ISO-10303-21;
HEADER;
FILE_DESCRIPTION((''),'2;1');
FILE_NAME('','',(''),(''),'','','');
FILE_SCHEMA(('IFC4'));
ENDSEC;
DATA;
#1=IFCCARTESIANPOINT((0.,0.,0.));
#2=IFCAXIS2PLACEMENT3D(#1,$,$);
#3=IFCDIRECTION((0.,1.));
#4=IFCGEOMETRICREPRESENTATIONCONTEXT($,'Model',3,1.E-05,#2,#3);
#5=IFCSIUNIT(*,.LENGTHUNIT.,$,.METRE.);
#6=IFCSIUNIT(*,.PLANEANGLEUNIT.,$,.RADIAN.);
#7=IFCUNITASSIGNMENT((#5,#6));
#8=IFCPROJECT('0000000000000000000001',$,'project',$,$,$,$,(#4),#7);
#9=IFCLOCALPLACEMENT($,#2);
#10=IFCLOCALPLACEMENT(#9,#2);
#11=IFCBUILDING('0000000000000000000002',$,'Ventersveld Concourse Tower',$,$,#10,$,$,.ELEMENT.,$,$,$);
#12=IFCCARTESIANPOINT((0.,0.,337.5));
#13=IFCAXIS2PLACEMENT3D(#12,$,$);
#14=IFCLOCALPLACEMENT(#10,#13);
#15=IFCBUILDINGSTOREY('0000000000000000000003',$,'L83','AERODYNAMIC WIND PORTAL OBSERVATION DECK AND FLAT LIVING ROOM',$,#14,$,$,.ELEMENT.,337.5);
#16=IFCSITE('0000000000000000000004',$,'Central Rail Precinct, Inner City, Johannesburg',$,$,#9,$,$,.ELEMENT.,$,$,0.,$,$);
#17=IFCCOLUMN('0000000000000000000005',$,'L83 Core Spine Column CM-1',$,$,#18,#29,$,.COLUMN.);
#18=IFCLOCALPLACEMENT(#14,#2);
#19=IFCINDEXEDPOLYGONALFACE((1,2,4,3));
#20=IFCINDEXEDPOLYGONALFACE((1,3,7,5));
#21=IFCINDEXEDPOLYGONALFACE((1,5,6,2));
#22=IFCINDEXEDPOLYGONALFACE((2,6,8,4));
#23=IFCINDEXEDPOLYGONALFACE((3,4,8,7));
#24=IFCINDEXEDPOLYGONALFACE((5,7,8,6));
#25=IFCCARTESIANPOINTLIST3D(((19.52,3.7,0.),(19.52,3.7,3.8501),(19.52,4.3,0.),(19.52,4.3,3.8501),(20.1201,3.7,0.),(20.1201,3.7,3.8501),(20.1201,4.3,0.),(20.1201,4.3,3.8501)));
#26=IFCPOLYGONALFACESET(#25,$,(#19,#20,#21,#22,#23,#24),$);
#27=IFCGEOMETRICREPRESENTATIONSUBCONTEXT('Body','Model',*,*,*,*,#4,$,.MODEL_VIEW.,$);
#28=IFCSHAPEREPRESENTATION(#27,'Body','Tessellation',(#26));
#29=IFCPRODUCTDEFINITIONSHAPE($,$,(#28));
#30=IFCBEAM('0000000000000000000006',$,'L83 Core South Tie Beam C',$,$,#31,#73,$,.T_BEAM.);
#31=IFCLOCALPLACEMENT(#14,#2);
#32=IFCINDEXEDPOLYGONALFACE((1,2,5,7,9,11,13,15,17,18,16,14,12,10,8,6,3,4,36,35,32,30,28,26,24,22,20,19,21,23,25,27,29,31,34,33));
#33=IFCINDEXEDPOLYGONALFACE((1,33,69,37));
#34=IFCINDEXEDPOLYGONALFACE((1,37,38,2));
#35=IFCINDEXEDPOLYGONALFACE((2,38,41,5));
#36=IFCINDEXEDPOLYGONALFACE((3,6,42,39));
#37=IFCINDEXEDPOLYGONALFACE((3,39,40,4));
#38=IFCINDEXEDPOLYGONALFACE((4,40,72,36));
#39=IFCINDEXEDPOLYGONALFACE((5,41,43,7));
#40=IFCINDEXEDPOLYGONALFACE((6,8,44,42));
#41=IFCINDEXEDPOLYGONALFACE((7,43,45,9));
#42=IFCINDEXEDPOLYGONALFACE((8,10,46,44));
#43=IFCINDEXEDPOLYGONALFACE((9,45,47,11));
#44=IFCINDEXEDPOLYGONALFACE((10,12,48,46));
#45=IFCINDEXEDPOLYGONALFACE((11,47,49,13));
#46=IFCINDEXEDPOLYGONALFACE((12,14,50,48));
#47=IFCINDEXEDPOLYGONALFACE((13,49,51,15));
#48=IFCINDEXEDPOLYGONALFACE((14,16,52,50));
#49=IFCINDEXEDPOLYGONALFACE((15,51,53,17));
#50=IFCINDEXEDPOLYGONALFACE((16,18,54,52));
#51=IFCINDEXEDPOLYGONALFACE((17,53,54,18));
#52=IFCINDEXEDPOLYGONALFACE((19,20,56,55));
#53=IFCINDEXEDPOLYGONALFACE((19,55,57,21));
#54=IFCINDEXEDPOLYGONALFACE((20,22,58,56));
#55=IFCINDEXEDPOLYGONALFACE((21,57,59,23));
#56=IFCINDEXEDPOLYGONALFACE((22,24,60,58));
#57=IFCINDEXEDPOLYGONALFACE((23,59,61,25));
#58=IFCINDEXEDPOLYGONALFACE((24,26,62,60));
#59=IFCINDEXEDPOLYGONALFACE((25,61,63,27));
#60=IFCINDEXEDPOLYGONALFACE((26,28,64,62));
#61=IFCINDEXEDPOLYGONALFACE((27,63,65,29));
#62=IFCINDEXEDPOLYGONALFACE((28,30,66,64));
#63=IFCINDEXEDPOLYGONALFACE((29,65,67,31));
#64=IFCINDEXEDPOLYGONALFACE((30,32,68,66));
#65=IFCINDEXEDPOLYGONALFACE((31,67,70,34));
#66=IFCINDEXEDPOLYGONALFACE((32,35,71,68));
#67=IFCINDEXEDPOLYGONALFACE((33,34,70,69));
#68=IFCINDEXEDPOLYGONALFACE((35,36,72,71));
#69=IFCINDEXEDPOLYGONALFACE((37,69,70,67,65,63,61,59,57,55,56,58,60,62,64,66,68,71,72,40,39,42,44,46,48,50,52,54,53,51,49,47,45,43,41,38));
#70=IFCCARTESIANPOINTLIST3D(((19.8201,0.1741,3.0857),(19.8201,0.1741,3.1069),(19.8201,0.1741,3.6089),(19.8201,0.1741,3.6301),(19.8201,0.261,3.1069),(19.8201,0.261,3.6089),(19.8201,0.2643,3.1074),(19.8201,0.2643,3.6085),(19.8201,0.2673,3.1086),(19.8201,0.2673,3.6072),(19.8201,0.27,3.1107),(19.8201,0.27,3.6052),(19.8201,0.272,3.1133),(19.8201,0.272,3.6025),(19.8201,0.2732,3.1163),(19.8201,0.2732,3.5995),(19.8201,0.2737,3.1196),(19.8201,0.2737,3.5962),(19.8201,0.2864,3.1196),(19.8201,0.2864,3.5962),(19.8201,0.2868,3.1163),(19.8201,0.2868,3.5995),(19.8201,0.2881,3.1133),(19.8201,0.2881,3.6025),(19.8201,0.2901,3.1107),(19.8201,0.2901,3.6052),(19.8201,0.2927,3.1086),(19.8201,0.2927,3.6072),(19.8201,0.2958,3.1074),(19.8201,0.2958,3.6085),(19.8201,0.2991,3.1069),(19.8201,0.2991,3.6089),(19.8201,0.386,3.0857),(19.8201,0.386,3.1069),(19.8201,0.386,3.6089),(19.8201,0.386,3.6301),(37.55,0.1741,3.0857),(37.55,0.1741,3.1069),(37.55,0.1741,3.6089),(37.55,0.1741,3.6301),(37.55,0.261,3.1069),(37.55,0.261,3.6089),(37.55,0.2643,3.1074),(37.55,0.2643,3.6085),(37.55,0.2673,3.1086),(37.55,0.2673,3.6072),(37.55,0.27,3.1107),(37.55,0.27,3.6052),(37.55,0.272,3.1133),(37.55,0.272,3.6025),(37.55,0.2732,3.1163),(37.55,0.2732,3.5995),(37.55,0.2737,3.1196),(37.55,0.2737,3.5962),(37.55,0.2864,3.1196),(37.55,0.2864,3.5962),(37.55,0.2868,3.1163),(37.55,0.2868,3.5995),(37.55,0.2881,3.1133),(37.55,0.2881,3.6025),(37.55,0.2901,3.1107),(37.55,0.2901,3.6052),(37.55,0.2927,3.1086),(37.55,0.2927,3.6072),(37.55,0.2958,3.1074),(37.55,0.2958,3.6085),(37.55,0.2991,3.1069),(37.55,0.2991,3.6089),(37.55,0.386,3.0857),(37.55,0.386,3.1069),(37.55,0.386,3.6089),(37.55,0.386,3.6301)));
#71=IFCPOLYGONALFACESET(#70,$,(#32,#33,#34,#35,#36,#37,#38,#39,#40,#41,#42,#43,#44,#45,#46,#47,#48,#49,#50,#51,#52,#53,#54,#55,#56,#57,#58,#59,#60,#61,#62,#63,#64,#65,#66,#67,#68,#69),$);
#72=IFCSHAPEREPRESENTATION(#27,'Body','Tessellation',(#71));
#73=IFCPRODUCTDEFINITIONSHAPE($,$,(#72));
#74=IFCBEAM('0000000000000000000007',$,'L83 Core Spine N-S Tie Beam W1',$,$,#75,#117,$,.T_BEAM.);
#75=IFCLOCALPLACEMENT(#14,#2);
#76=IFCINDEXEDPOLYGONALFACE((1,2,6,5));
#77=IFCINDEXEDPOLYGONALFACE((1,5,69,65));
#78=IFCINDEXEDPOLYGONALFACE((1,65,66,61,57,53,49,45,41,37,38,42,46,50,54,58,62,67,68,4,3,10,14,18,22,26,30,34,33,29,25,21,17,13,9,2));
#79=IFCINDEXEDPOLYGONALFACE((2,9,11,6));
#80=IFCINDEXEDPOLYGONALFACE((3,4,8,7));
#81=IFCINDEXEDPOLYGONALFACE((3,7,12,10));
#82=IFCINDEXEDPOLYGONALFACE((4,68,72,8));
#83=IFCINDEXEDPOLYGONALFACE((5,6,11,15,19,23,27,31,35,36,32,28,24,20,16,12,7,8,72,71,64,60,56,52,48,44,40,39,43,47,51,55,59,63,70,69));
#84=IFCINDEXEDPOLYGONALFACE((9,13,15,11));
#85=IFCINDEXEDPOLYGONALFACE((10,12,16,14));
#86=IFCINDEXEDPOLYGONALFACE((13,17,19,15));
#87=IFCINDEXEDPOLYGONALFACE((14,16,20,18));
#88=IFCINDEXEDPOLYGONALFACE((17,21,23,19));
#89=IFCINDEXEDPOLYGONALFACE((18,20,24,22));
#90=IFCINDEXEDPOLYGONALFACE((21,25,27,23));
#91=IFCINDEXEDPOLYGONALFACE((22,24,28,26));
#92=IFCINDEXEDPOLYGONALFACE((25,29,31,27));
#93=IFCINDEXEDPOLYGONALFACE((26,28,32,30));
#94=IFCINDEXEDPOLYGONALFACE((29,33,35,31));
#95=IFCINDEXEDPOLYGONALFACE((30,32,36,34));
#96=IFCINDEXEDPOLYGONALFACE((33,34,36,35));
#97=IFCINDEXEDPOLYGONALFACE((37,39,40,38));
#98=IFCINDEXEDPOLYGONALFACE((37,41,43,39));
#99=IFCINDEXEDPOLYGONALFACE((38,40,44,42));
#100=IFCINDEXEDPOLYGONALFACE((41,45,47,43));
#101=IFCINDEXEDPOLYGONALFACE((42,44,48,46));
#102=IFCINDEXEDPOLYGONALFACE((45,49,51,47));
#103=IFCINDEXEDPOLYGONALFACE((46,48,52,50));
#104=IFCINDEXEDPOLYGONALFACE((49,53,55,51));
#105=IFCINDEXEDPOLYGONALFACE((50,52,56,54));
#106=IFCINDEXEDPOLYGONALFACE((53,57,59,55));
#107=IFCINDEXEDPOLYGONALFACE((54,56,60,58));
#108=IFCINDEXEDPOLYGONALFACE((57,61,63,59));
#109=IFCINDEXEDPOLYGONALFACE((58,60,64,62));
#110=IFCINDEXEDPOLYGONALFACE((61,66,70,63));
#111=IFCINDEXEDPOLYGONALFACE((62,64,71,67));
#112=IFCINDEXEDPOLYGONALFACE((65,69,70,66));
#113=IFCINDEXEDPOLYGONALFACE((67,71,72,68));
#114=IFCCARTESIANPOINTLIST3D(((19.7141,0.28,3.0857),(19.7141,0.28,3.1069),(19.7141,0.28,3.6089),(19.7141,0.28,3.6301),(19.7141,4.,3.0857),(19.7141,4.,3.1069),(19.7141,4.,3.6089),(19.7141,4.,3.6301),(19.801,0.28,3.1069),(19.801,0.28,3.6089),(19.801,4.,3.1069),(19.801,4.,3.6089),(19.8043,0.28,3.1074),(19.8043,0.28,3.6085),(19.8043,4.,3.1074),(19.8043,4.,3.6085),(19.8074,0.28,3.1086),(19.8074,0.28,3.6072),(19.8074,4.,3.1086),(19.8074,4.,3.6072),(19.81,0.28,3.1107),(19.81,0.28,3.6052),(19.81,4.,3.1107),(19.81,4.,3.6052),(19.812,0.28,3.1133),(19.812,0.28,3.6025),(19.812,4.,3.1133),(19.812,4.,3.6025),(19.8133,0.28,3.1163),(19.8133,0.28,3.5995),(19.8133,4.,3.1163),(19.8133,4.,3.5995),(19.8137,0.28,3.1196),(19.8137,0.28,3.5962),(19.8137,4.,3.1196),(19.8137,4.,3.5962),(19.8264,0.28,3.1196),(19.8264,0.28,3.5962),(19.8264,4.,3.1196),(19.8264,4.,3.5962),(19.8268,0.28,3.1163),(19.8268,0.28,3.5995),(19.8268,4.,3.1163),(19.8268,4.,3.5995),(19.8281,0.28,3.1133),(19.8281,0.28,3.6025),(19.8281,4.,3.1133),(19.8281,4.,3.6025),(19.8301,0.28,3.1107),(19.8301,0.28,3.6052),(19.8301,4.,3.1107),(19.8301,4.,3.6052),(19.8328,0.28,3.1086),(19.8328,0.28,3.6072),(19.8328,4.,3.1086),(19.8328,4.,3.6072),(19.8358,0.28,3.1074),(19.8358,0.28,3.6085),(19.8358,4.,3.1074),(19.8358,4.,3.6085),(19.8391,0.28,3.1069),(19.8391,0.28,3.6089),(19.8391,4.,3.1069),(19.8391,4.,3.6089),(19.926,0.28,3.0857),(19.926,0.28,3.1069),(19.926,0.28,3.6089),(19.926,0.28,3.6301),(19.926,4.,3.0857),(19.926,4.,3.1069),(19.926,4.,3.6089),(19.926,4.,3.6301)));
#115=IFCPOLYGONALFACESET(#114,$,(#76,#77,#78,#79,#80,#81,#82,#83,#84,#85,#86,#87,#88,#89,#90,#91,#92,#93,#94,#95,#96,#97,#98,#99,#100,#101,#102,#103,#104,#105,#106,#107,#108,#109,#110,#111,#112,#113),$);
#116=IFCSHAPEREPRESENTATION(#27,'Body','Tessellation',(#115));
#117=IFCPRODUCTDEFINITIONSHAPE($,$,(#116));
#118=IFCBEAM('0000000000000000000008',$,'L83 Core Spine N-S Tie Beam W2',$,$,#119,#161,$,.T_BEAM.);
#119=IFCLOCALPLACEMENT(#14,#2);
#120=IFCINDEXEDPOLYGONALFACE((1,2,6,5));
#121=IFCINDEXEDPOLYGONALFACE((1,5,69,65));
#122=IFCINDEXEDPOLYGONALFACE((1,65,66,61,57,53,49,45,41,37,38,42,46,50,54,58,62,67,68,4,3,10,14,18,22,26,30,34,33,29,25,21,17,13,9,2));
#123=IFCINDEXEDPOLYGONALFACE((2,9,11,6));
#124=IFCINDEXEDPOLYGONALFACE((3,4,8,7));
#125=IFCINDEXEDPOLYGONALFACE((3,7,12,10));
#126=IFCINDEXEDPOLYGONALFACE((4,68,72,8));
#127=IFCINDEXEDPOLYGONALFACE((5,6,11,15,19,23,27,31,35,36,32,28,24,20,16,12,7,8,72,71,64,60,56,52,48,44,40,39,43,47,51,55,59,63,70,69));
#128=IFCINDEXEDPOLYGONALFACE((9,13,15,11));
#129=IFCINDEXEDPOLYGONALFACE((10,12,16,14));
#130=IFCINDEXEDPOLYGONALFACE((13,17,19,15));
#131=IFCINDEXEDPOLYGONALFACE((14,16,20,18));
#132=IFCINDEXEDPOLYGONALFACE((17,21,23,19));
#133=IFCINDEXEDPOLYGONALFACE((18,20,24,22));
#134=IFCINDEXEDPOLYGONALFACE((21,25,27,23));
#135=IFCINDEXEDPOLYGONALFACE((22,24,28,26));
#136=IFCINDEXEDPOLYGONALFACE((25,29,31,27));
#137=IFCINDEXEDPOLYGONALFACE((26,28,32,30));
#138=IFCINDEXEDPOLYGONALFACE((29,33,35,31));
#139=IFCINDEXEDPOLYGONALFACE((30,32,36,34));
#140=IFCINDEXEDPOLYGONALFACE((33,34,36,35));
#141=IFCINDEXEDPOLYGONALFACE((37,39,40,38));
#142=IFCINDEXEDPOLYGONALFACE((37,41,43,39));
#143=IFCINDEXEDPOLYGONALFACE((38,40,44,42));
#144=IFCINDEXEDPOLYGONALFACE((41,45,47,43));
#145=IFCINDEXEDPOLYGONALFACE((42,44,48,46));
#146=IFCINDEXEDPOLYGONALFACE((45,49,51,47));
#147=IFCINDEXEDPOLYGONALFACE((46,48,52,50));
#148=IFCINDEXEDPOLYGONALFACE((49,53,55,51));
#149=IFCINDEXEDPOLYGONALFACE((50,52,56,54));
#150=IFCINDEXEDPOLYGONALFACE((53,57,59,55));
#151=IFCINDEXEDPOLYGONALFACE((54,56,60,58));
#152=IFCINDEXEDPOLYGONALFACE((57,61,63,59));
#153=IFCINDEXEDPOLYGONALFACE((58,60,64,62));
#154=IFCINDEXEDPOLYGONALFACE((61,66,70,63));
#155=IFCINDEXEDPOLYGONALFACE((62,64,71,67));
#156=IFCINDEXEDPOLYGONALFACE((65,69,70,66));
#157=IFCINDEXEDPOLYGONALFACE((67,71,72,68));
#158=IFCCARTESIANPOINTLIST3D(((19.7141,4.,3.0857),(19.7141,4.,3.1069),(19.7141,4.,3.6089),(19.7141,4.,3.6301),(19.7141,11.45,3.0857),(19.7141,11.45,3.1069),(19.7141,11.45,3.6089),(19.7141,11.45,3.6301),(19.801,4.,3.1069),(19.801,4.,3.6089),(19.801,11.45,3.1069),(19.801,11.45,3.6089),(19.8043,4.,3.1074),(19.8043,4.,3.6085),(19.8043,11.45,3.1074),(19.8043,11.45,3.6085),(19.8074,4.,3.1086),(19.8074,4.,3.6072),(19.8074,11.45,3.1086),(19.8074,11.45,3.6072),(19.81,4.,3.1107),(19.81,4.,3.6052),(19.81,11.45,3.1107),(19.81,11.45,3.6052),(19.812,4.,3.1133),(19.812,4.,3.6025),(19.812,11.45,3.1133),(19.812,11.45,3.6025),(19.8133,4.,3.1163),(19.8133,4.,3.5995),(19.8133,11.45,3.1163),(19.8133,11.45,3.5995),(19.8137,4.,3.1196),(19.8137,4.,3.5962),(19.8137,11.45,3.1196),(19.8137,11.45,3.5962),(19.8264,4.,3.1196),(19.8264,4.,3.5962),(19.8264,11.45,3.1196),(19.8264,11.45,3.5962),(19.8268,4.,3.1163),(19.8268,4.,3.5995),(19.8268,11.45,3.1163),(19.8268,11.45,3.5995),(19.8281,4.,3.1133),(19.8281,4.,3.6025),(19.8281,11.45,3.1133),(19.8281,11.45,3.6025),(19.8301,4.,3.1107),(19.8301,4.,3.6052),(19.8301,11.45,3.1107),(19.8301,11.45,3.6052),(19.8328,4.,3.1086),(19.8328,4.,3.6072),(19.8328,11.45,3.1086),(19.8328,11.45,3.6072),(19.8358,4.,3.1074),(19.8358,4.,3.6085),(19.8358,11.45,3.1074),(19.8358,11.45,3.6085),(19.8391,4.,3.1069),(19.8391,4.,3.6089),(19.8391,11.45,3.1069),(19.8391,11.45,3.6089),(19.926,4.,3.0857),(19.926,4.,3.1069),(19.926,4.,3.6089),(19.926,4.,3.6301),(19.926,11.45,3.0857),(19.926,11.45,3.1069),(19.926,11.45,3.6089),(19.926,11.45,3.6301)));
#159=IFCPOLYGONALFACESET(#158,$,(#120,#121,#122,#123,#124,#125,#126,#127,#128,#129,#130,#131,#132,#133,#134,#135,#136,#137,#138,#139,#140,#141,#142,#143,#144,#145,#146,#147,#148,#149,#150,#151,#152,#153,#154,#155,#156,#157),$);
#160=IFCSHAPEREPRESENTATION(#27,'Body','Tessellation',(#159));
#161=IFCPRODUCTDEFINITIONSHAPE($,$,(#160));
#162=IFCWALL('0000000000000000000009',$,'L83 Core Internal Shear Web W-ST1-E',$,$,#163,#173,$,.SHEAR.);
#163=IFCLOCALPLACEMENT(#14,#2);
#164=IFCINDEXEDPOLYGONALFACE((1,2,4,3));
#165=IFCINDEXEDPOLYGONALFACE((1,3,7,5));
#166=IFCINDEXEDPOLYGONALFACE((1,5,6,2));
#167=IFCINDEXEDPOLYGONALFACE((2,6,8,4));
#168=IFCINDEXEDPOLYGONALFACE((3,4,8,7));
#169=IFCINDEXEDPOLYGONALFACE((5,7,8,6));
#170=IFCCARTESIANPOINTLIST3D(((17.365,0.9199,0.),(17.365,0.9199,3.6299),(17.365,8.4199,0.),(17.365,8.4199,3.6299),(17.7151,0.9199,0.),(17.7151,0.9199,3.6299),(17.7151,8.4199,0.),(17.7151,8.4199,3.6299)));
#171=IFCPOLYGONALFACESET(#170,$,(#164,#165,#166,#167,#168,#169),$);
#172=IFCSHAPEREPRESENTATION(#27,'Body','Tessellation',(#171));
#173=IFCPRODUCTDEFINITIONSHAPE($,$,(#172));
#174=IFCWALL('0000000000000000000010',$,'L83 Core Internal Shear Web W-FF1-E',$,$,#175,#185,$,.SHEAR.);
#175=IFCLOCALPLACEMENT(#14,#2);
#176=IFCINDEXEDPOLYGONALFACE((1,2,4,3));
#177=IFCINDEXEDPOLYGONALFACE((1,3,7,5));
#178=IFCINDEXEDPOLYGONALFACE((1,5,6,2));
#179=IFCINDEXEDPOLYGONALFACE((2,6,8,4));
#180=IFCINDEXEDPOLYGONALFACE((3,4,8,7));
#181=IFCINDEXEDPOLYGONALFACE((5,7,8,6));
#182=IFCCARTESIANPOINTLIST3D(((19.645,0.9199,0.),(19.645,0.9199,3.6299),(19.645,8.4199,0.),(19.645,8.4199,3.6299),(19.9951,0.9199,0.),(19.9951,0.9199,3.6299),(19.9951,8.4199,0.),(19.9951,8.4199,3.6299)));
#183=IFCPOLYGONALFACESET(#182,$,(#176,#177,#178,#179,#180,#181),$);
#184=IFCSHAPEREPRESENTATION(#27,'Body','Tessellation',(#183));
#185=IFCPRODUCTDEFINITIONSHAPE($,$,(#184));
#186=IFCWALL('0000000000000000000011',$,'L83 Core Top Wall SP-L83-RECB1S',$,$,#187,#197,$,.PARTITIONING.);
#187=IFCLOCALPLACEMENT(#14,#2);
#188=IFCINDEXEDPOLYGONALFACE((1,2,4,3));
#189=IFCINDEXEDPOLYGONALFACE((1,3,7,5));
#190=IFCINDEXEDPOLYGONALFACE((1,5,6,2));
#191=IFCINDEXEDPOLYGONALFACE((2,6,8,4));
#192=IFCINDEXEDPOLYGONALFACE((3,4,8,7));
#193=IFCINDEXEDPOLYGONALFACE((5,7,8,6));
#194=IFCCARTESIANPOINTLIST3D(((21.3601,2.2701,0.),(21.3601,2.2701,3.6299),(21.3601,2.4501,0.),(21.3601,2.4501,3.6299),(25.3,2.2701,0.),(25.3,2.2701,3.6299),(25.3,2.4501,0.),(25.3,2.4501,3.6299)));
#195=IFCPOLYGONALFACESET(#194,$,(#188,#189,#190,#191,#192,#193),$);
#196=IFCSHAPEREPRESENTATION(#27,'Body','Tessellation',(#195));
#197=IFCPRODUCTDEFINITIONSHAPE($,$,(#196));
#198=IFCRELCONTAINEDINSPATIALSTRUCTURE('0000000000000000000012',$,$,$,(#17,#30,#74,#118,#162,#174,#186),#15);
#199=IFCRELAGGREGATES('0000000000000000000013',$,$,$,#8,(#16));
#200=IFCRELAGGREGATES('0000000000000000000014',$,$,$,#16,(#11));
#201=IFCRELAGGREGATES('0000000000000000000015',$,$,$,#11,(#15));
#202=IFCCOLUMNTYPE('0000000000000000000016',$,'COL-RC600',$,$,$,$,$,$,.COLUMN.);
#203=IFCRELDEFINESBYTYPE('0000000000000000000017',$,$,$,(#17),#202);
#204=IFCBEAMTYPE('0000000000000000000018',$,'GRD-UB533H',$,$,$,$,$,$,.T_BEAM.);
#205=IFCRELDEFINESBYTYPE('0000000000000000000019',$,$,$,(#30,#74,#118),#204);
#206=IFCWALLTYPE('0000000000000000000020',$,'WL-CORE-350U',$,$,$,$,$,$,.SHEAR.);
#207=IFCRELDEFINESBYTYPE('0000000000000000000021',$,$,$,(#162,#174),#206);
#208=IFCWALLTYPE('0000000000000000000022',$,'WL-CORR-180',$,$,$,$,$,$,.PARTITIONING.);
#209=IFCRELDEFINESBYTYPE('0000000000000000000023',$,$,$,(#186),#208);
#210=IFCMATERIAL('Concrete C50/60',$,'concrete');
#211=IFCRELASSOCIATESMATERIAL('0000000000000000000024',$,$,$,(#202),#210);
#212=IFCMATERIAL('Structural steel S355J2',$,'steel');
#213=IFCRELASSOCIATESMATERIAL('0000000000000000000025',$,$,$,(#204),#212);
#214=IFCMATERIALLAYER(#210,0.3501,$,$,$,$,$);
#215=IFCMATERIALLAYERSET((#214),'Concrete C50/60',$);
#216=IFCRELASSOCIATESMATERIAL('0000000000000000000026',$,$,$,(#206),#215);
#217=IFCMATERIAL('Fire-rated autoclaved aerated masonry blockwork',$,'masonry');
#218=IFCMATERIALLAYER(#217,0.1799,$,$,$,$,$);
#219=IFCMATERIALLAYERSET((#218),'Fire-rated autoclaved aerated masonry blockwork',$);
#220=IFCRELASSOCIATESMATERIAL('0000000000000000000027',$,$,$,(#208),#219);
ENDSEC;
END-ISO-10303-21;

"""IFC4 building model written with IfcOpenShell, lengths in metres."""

from ifc_helpers import new_model, si_unit, direction, frame, frame_2d, origin, origin_2d, place, context, subcontext, project, spatial, rectangle, i_section, extrude, material, layer, layer_set, material_profile, profile_set, type_object, element, save


model = new_model("IFC4")

# Units and contexts
model_context = context("Model", 3, precision=1e-05, world=origin(), true_north=direction((0.0, 1.0)))
body_context = subcontext(model_context, "Body", "Model", "MODEL_VIEW")
ifc_project = project(units=[si_unit("LENGTHUNIT", "METRE"), si_unit("PLANEANGLEUNIT", "RADIAN")], contexts=[model_context])

# Site, building, storey
site_placement = place(None, origin())
site = spatial("IfcSite", under=ifc_project, at=site_placement, Name="Central Rail Precinct, Inner City, Johannesburg", CompositionType="ELEMENT", RefElevation=0.0)
building_placement = place(site_placement, origin())
building = spatial("IfcBuilding", under=site, at=building_placement, Name="Ventersveld Concourse Tower", CompositionType="ELEMENT")
storey_placement = place(building_placement, frame((0.0, 0.0, 337.5)))
storey = spatial("IfcBuildingStorey", under=building, at=storey_placement, Name="L83", Description="AERODYNAMIC WIND PORTAL OBSERVATION DECK AND FLAT LIVING ROOM", CompositionType="ELEMENT", Elevation=337.5)

# Column
ifc_material_1 = material(Name="Concrete C50/60", Category="concrete")
ifc_material_profile_1 = material_profile(ifc_material_1, rectangle(XDim=0.6001, YDim=0.6001, at=origin_2d()), Name="RC 600x600")
ifc_profile_set_1 = profile_set([ifc_material_profile_1], Name="Concrete C50/60")
column_type = type_object("IfcColumnType", Name="COL-RC600", PredefinedType="COLUMN", material=ifc_profile_set_1)
column_placement = place(storey_placement, frame((19.8201, 4.0, 0.0), z_axis=(0.0, 0.0, 1.0), x_axis=(1.0, 0.0, 0.0)))
element("IfcColumn", 1, at=column_placement, inside=storey, type_object=column_type, Name="L83 Core Spine Column CM-1", PredefinedType="COLUMN", context=body_context, shape_type="SweptSolid", body=[
    extrude(rectangle(XDim=0.6001, YDim=0.6001, at=origin_2d()), origin(), (0.0, 0.0, 1.0), 3.8501),
])

# Beams
ifc_material_2 = material(Name="Structural steel S355J2", Category="steel")
ifc_material_profile_2 = material_profile(ifc_material_2, i_section(OverallWidth=0.2119, OverallDepth=0.5444, WebThickness=0.0127, FlangeThickness=0.0212, FilletRadius=0.0127, at=origin_2d()), Name="UB 533x210x122")
ifc_profile_set_2 = profile_set([ifc_material_profile_2], Name="Structural steel S355J2")
beam_type = type_object("IfcBeamType", Name="GRD-UB533H", PredefinedType="T_BEAM", material=ifc_profile_set_2)
beam_1_placement = place(storey_placement, frame((19.8201, 0.28, 3.3579), z_axis=(1.0, 0.0, 0.0), x_axis=(0.0, 1.0, 0.0)))
element("IfcBeam", 2, at=beam_1_placement, inside=storey, type_object=beam_type, Name="L83 Core South Tie Beam C", PredefinedType="T_BEAM", context=body_context, shape_type="SweptSolid", body=[
    extrude(i_section(OverallWidth=0.2119, OverallDepth=0.5444, WebThickness=0.0127, FlangeThickness=0.0212, FilletRadius=0.0127, at=origin_2d()), origin(), (0.0, 0.0, 1.0), 17.73),
])
beam_2_placement = place(storey_placement, frame((19.8201, 0.28, 3.3579), z_axis=(0.0, 1.0, 0.0), x_axis=(-1.0, 0.0, 0.0)))
element("IfcBeam", 3, at=beam_2_placement, inside=storey, type_object=beam_type, Name="L83 Core Spine N-S Tie Beam W1", PredefinedType="T_BEAM", context=body_context, shape_type="SweptSolid", body=[
    extrude(i_section(OverallWidth=0.2119, OverallDepth=0.5444, WebThickness=0.0127, FlangeThickness=0.0212, FilletRadius=0.0127, at=origin_2d()), origin(), (0.0, 0.0, 1.0), 3.72),
])
beam_3_placement = place(storey_placement, frame((19.8201, 4.0, 3.3579), z_axis=(0.0, 1.0, 0.0), x_axis=(-1.0, 0.0, 0.0)))
element("IfcBeam", 4, at=beam_3_placement, inside=storey, type_object=beam_type, Name="L83 Core Spine N-S Tie Beam W2", PredefinedType="T_BEAM", context=body_context, shape_type="SweptSolid", body=[
    extrude(i_section(OverallWidth=0.2119, OverallDepth=0.5444, WebThickness=0.0127, FlangeThickness=0.0212, FilletRadius=0.0127, at=origin_2d()), origin(), (0.0, 0.0, 1.0), 7.45),
])

# Walls
ifc_layer_1 = layer(ifc_material_1, 0.3501)
ifc_layer_set_1 = layer_set([ifc_layer_1], Name="Concrete C50/60")
wall_type_1 = type_object("IfcWallType", Name="WL-CORE-350U", PredefinedType="SHEAR", material=ifc_layer_set_1)
for number, where, z_axis, x_axis, name in (
    (5, (17.54, 0.9199, 0.0), (0.0, 0.0, 1.0), (0.0, 1.0, 0.0), "L83 Core Internal Shear Web W-ST1-E"),
    (6, (19.8201, 0.9199, 0.0), (0.0, 0.0, 1.0), (0.0, 1.0, 0.0), "L83 Core Internal Shear Web W-FF1-E"),
):
    element("IfcWall", number, at=place(storey_placement, frame(where, z_axis=z_axis, x_axis=x_axis)), inside=storey, type_object=wall_type_1, Name=name, PredefinedType="SHEAR", context=body_context, shape_type="SweptSolid", body=[
        extrude(rectangle(XDim=7.5, YDim=0.3501, at=frame_2d((3.75, 0.0))), origin(), (0.0, 0.0, 1.0), 3.6299),
    ])
ifc_material_3 = material(Name="Fire-rated autoclaved aerated masonry blockwork", Category="masonry")
ifc_layer_2 = layer(ifc_material_3, 0.1799)
ifc_layer_set_2 = layer_set([ifc_layer_2], Name="Fire-rated autoclaved aerated masonry blockwork")
wall_type_2 = type_object("IfcWallType", Name="WL-CORR-180", PredefinedType="PARTITIONING", material=ifc_layer_set_2)
wall_1_placement = place(storey_placement, frame((21.3601, 2.3601, 0.0), z_axis=(0.0, 0.0, 1.0), x_axis=(1.0, 0.0, 0.0)))
element("IfcWall", 7, at=wall_1_placement, inside=storey, type_object=wall_type_2, Name="L83 Core Top Wall SP-L83-RECB1S", PredefinedType="PARTITIONING", context=body_context, shape_type="SweptSolid", body=[
    extrude(rectangle(XDim=3.9399, YDim=0.1799, at=frame_2d((1.97, 0.0))), origin(), (0.0, 0.0, 1.0), 3.6299),
])

save(model, "model.ifc")
